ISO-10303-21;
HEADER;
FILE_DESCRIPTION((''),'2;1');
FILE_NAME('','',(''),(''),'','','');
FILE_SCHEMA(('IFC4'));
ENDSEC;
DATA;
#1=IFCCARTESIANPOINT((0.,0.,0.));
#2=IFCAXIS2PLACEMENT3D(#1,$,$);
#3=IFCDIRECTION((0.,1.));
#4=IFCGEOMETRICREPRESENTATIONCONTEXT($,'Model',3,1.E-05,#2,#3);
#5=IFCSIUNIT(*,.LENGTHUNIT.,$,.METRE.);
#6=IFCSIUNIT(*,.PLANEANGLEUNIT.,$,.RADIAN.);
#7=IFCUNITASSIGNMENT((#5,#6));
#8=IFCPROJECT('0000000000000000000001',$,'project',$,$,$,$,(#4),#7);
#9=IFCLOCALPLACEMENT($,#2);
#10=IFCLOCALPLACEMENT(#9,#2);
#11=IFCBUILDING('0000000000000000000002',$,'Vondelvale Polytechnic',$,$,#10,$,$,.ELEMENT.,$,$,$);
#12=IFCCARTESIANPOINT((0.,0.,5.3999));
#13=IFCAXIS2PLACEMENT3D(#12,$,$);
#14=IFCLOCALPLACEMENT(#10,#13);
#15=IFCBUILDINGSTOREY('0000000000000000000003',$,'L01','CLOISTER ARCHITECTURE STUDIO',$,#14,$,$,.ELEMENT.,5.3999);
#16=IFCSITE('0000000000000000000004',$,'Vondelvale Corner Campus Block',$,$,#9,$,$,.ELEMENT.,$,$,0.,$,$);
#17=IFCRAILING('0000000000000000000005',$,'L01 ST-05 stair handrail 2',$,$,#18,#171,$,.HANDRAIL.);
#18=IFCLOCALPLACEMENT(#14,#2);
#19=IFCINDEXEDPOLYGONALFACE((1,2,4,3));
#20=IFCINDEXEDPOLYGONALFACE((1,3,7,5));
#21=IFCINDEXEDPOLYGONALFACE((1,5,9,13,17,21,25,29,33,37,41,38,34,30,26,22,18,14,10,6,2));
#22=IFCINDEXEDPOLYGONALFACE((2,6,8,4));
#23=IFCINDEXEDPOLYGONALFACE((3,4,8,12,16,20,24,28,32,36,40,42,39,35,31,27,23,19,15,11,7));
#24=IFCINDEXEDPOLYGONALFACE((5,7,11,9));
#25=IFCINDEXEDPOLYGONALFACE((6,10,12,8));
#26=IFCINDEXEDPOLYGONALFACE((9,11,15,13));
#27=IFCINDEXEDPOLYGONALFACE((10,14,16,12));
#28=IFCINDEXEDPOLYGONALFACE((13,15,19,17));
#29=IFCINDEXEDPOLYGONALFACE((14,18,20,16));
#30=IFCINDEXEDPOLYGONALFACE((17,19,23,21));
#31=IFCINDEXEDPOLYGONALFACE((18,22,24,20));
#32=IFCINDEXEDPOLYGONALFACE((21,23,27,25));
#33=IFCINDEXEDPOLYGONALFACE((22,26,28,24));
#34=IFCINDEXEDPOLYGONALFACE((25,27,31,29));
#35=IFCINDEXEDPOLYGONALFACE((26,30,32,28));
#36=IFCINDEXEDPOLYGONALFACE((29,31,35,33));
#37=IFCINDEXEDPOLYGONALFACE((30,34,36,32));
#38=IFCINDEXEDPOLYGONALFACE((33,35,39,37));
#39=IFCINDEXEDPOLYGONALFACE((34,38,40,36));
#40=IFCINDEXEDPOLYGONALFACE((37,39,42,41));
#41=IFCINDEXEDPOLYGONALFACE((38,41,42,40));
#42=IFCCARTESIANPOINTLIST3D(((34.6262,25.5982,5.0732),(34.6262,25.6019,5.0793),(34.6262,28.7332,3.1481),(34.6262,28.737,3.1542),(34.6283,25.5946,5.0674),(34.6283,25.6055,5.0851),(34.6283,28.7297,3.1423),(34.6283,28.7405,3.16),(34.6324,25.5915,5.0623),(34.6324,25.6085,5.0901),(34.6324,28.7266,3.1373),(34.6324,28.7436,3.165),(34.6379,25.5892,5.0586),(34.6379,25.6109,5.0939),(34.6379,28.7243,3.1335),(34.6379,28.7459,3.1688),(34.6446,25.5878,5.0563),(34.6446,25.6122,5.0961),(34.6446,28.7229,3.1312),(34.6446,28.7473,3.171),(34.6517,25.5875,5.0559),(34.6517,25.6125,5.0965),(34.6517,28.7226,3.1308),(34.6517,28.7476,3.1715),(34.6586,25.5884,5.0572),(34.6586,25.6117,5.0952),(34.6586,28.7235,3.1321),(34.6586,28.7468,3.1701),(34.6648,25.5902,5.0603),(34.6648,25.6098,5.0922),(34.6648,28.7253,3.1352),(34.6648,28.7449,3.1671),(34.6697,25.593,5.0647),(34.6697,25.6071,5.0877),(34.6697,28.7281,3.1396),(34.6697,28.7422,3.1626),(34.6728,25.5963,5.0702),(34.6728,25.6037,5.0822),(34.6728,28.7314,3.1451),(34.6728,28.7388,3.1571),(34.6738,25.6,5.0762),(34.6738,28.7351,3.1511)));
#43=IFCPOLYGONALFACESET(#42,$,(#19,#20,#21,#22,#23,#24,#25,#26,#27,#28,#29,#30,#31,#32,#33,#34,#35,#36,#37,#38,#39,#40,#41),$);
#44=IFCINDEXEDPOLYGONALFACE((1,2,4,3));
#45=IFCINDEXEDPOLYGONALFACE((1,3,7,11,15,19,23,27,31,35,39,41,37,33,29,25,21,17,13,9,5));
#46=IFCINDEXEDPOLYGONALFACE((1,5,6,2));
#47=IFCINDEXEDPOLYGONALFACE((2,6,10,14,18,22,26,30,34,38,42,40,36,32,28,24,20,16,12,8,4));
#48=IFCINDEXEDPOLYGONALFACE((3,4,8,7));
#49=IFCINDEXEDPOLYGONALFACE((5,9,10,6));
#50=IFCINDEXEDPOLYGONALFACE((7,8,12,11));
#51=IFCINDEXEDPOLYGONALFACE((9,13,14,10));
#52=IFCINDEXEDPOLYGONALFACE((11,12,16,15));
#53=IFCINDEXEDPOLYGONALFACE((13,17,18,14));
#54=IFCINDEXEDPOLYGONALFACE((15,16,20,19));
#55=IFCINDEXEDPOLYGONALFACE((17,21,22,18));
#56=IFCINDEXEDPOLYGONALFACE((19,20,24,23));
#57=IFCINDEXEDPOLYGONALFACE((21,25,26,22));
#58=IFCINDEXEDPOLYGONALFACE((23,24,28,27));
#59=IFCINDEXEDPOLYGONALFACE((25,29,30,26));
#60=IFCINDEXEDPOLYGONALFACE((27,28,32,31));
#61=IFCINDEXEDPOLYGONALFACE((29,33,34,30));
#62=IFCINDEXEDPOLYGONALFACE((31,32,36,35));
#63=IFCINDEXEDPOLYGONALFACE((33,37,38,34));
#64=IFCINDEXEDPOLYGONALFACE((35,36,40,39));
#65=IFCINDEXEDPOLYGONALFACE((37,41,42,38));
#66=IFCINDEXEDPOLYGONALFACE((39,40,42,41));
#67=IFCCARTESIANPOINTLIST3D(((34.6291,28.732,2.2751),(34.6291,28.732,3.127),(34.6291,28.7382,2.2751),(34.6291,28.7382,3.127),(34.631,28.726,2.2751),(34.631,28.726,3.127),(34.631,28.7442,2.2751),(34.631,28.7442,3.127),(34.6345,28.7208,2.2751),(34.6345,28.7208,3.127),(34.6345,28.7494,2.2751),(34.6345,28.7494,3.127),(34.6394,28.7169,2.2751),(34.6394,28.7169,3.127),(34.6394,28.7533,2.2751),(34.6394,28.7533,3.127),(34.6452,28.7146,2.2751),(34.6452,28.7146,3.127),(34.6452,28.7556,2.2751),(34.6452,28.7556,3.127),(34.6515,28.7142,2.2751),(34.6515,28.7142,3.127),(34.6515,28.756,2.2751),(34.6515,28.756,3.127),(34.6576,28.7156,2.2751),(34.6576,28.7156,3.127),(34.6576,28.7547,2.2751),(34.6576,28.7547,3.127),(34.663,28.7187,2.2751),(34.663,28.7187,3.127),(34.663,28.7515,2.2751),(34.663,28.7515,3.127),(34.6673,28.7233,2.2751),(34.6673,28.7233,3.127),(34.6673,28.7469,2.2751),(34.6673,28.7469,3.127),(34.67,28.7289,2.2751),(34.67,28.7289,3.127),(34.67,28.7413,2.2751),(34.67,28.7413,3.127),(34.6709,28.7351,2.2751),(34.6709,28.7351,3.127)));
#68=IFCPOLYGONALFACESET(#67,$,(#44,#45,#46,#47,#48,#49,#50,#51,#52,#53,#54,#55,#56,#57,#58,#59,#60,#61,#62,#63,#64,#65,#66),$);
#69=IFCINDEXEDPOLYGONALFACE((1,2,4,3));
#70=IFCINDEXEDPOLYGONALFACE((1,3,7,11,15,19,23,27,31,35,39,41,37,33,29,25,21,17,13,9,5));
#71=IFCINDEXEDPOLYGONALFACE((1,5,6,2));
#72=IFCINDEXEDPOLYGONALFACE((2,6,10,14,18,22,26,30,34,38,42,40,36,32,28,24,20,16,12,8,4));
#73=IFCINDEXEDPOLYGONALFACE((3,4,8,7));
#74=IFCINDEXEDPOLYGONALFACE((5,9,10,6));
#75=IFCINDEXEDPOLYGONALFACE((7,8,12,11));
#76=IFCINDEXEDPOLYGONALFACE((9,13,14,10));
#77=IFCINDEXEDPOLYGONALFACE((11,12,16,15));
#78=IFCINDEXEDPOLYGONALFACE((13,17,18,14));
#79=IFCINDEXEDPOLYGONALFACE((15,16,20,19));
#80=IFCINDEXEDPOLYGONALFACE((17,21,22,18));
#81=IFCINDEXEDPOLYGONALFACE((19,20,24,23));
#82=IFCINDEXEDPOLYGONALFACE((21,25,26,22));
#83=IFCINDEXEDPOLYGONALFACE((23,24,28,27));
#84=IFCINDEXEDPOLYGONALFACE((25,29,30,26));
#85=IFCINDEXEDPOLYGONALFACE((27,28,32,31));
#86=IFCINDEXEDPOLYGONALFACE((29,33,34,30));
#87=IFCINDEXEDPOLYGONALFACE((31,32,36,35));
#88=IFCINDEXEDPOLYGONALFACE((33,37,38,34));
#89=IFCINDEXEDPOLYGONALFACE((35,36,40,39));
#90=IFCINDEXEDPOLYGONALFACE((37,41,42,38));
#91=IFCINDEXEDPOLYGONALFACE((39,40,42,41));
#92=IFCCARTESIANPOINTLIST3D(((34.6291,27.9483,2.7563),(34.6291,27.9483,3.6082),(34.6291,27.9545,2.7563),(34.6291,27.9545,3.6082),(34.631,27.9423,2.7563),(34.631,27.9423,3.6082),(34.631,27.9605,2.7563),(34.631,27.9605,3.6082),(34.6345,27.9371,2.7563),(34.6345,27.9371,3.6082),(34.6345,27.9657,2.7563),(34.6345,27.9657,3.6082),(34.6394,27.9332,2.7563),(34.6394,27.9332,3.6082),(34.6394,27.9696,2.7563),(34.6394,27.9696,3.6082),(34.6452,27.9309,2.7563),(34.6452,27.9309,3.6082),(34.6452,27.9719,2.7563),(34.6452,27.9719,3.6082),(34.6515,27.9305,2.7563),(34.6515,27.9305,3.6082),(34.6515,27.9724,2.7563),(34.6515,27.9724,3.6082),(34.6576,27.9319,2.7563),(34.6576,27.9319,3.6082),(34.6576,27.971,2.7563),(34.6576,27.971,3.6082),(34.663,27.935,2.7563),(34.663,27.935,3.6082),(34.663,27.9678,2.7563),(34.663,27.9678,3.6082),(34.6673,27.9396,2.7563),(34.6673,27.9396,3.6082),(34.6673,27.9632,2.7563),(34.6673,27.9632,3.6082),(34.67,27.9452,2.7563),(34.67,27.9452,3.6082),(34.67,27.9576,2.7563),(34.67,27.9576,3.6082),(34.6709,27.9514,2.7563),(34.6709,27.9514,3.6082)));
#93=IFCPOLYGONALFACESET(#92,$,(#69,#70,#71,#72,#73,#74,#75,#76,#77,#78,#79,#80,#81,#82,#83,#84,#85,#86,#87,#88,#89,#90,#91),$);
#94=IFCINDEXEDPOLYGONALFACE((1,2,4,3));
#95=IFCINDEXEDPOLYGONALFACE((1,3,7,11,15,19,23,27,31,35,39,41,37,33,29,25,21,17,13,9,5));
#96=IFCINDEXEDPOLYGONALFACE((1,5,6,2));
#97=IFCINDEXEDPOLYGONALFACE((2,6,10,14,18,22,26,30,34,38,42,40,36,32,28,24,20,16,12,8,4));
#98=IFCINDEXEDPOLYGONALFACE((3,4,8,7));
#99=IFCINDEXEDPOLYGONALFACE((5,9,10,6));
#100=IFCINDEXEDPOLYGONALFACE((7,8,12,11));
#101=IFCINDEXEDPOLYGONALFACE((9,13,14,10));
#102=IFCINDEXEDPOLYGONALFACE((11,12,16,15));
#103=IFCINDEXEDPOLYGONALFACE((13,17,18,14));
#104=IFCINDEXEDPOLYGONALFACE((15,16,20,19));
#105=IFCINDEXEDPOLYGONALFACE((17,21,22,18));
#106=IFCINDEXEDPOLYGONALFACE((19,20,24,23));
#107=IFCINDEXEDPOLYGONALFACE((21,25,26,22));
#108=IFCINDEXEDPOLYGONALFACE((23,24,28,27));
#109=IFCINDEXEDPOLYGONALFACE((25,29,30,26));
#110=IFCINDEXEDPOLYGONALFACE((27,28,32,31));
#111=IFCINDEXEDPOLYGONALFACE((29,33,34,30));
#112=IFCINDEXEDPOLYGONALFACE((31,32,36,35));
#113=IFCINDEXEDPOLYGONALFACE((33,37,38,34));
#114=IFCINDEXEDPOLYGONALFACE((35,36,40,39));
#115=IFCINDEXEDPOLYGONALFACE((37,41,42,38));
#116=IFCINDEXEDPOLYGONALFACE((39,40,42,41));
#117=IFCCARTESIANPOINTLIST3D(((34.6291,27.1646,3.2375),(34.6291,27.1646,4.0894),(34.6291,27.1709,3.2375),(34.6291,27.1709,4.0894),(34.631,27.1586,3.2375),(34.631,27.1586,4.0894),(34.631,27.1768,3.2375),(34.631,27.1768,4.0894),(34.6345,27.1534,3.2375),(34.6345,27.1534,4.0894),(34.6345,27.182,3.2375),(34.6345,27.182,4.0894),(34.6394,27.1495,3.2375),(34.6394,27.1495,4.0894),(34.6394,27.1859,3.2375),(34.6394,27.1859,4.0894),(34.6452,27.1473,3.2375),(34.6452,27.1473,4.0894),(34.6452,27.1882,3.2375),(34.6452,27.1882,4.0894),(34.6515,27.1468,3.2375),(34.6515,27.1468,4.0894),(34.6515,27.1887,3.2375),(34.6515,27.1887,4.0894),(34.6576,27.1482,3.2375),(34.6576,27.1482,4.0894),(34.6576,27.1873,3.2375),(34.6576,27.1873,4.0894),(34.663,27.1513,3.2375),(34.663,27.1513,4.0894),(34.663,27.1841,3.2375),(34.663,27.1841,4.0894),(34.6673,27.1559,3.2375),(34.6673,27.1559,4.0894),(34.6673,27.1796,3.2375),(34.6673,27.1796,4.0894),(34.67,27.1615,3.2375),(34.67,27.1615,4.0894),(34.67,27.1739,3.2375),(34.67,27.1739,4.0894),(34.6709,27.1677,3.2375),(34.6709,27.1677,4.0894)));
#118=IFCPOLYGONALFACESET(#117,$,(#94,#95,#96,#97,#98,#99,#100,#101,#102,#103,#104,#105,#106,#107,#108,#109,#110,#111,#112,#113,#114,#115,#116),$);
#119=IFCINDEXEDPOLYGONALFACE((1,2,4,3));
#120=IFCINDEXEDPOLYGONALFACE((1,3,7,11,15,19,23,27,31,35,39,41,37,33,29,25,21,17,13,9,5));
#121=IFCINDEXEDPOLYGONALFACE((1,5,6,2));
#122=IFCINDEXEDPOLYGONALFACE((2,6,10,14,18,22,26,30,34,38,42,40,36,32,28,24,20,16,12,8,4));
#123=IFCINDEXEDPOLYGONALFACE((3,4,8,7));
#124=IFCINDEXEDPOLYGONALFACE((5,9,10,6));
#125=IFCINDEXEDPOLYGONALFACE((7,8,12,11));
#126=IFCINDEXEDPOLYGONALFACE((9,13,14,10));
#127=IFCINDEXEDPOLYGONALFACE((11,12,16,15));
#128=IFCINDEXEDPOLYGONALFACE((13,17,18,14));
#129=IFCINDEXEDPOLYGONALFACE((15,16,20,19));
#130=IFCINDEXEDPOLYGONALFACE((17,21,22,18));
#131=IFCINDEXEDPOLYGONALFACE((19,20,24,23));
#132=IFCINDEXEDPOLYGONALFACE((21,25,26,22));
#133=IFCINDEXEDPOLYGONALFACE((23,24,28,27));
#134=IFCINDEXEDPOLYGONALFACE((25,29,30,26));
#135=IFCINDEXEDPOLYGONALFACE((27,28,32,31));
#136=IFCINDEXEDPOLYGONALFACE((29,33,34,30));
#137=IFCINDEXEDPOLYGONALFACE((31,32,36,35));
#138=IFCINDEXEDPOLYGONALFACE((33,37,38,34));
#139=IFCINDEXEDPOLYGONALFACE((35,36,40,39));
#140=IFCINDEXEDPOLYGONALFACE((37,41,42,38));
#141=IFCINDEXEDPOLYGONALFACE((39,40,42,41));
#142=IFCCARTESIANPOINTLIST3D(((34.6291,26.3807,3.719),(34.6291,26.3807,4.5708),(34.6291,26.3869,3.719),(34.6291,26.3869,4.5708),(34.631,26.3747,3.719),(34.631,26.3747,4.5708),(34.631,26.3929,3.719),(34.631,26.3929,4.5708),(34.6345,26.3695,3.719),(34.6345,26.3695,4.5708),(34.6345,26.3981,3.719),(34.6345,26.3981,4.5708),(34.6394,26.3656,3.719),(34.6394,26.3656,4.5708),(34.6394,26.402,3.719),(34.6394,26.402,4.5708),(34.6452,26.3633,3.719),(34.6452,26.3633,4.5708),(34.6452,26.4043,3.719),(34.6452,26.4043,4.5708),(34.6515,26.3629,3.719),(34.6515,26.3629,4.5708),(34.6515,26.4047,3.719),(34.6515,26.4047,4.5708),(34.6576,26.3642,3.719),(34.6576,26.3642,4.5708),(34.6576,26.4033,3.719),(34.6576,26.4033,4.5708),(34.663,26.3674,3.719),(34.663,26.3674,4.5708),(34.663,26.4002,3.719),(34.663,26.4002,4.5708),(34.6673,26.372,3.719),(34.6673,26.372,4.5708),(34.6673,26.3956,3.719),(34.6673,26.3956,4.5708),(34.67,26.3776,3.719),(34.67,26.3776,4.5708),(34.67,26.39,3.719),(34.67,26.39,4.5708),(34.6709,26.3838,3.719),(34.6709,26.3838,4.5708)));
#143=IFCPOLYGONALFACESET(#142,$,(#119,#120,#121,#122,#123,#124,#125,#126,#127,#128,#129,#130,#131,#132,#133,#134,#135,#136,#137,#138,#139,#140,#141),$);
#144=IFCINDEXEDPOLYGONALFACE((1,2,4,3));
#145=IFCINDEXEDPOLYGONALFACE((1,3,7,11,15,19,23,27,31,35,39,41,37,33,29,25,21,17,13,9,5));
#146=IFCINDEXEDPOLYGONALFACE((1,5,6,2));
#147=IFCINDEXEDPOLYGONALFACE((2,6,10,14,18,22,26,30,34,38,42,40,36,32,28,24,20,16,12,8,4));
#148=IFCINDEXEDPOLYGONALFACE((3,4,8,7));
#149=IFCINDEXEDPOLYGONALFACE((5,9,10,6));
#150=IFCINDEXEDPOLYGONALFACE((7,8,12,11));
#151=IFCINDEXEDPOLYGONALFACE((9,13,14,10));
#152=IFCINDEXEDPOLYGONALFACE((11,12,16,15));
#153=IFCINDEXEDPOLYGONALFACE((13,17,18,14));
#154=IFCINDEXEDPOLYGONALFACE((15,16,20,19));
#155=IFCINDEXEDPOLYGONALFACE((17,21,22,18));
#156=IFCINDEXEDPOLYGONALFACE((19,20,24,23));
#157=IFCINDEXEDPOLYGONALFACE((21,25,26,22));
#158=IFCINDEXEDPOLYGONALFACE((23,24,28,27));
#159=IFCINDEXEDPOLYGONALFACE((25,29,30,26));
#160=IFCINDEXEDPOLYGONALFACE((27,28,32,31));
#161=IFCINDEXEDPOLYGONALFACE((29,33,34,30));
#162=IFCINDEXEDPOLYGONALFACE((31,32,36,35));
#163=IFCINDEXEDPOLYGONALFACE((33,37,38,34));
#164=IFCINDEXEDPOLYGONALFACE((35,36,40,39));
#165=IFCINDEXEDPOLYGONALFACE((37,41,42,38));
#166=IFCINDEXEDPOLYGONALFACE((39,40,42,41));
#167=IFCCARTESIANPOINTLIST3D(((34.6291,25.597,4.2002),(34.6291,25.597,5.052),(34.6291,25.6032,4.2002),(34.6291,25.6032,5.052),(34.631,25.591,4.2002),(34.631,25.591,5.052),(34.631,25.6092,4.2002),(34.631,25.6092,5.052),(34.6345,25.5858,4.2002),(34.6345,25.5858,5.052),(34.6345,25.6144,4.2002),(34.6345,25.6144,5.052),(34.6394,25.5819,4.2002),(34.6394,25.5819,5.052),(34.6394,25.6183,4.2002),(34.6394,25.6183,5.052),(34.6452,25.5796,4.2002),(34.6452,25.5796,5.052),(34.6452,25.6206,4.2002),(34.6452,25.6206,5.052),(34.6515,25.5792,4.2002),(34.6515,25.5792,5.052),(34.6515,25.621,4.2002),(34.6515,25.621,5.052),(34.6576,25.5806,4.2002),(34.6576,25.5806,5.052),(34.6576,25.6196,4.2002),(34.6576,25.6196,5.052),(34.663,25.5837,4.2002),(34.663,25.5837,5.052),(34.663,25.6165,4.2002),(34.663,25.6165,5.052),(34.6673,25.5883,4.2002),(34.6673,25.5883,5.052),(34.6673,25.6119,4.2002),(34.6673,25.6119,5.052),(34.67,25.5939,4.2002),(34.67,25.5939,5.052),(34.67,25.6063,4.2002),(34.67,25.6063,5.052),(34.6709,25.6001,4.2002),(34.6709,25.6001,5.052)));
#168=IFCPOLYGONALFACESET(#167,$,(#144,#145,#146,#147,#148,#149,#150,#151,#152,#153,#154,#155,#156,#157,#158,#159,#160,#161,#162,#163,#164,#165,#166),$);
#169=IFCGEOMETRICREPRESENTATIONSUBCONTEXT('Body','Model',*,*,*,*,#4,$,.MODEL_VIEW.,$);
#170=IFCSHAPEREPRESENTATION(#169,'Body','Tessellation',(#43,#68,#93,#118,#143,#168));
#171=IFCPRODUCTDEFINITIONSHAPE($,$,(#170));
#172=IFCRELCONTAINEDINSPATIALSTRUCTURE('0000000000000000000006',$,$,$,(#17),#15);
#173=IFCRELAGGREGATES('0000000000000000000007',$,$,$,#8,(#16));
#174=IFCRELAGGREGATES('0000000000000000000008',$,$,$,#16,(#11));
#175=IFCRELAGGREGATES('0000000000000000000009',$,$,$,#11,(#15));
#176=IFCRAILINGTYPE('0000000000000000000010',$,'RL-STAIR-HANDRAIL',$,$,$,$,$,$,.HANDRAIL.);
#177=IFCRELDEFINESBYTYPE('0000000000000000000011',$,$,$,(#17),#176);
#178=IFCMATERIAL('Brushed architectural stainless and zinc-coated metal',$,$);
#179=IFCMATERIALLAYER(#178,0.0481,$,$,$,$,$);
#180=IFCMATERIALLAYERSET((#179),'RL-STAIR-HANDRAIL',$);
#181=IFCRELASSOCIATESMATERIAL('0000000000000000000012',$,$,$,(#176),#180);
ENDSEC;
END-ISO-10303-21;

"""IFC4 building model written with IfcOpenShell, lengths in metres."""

from ifc_helpers import new_model, si_unit, direction, frame, origin, origin_2d, place, context, subcontext, project, spatial, circle, extrude, material, layer, layer_set, type_object, element, save


model = new_model("IFC4")

# Units and contexts
model_context = context("Model", 3, precision=1e-05, world=origin(), true_north=direction((0.0, 1.0)))
body_context = subcontext(model_context, "Body", "Model", "MODEL_VIEW")
ifc_project = project(units=[si_unit("LENGTHUNIT", "METRE"), si_unit("PLANEANGLEUNIT", "RADIAN")], contexts=[model_context])

# Site, building, storey
site_placement = place(None, origin())
site = spatial("IfcSite", under=ifc_project, at=site_placement, Name="Vondelvale Corner Campus Block", CompositionType="ELEMENT", RefElevation=0.0)
building_placement = place(site_placement, origin())
building = spatial("IfcBuilding", under=site, at=building_placement, Name="Vondelvale Polytechnic", CompositionType="ELEMENT")
storey_placement = place(building_placement, frame((0.0, 0.0, 5.3999)))
storey = spatial("IfcBuildingStorey", under=building, at=storey_placement, Name="L01", Description="CLOISTER ARCHITECTURE STUDIO", CompositionType="ELEMENT", Elevation=5.3999)

# Shared definitions
ifc_material_1 = material(Name="Brushed architectural stainless and zinc-coated metal")

# Railing
ifc_layer_1 = layer(ifc_material_1, 0.0481)
ifc_layer_set_1 = layer_set([ifc_layer_1], Name="RL-STAIR-HANDRAIL")
railing_type_1 = type_object("IfcRailingType", Name="RL-STAIR-HANDRAIL", PredefinedType="HANDRAIL", material=ifc_layer_set_1)
railing_1_placement = place(storey_placement, frame((34.6499, 28.7351, 2.2751)))
element("IfcRailing", 1, at=railing_1_placement, inside=storey, type_object=railing_type_1, Name="L01 ST-05 stair handrail 2", PredefinedType="HANDRAIL", context=body_context, shape_type="SweptSolid", body=[
    extrude(circle(Radius=0.0239, at=origin_2d()), frame((0.0, 0.0, 0.876), z_axis=(0.0, -0.852166, 0.523271), x_axis=(1.0, 0.0, 0.0)), (0.0, 0.0, 1.0), 3.679),
    extrude(circle(Radius=0.021, at=origin_2d()), origin(), (0.0, 0.0, 1.0), 0.8518),
    extrude(circle(Radius=0.021, at=origin_2d()), frame((0.0, -0.7837, 0.4812)), (0.0, 0.0, 1.0), 0.8518),
    extrude(circle(Radius=0.021, at=origin_2d()), frame((0.0, -1.5674, 0.9624)), (0.0, 0.0, 1.0), 0.8518),
    extrude(circle(Radius=0.021, at=origin_2d()), frame((0.0, -2.3513, 1.4438)), (0.0, 0.0, 1.0), 0.8518),
    extrude(circle(Radius=0.021, at=origin_2d()), frame((0.0, -3.135, 1.925)), (0.0, 0.0, 1.0), 0.8518),
])

save(model, "model.ifc")
